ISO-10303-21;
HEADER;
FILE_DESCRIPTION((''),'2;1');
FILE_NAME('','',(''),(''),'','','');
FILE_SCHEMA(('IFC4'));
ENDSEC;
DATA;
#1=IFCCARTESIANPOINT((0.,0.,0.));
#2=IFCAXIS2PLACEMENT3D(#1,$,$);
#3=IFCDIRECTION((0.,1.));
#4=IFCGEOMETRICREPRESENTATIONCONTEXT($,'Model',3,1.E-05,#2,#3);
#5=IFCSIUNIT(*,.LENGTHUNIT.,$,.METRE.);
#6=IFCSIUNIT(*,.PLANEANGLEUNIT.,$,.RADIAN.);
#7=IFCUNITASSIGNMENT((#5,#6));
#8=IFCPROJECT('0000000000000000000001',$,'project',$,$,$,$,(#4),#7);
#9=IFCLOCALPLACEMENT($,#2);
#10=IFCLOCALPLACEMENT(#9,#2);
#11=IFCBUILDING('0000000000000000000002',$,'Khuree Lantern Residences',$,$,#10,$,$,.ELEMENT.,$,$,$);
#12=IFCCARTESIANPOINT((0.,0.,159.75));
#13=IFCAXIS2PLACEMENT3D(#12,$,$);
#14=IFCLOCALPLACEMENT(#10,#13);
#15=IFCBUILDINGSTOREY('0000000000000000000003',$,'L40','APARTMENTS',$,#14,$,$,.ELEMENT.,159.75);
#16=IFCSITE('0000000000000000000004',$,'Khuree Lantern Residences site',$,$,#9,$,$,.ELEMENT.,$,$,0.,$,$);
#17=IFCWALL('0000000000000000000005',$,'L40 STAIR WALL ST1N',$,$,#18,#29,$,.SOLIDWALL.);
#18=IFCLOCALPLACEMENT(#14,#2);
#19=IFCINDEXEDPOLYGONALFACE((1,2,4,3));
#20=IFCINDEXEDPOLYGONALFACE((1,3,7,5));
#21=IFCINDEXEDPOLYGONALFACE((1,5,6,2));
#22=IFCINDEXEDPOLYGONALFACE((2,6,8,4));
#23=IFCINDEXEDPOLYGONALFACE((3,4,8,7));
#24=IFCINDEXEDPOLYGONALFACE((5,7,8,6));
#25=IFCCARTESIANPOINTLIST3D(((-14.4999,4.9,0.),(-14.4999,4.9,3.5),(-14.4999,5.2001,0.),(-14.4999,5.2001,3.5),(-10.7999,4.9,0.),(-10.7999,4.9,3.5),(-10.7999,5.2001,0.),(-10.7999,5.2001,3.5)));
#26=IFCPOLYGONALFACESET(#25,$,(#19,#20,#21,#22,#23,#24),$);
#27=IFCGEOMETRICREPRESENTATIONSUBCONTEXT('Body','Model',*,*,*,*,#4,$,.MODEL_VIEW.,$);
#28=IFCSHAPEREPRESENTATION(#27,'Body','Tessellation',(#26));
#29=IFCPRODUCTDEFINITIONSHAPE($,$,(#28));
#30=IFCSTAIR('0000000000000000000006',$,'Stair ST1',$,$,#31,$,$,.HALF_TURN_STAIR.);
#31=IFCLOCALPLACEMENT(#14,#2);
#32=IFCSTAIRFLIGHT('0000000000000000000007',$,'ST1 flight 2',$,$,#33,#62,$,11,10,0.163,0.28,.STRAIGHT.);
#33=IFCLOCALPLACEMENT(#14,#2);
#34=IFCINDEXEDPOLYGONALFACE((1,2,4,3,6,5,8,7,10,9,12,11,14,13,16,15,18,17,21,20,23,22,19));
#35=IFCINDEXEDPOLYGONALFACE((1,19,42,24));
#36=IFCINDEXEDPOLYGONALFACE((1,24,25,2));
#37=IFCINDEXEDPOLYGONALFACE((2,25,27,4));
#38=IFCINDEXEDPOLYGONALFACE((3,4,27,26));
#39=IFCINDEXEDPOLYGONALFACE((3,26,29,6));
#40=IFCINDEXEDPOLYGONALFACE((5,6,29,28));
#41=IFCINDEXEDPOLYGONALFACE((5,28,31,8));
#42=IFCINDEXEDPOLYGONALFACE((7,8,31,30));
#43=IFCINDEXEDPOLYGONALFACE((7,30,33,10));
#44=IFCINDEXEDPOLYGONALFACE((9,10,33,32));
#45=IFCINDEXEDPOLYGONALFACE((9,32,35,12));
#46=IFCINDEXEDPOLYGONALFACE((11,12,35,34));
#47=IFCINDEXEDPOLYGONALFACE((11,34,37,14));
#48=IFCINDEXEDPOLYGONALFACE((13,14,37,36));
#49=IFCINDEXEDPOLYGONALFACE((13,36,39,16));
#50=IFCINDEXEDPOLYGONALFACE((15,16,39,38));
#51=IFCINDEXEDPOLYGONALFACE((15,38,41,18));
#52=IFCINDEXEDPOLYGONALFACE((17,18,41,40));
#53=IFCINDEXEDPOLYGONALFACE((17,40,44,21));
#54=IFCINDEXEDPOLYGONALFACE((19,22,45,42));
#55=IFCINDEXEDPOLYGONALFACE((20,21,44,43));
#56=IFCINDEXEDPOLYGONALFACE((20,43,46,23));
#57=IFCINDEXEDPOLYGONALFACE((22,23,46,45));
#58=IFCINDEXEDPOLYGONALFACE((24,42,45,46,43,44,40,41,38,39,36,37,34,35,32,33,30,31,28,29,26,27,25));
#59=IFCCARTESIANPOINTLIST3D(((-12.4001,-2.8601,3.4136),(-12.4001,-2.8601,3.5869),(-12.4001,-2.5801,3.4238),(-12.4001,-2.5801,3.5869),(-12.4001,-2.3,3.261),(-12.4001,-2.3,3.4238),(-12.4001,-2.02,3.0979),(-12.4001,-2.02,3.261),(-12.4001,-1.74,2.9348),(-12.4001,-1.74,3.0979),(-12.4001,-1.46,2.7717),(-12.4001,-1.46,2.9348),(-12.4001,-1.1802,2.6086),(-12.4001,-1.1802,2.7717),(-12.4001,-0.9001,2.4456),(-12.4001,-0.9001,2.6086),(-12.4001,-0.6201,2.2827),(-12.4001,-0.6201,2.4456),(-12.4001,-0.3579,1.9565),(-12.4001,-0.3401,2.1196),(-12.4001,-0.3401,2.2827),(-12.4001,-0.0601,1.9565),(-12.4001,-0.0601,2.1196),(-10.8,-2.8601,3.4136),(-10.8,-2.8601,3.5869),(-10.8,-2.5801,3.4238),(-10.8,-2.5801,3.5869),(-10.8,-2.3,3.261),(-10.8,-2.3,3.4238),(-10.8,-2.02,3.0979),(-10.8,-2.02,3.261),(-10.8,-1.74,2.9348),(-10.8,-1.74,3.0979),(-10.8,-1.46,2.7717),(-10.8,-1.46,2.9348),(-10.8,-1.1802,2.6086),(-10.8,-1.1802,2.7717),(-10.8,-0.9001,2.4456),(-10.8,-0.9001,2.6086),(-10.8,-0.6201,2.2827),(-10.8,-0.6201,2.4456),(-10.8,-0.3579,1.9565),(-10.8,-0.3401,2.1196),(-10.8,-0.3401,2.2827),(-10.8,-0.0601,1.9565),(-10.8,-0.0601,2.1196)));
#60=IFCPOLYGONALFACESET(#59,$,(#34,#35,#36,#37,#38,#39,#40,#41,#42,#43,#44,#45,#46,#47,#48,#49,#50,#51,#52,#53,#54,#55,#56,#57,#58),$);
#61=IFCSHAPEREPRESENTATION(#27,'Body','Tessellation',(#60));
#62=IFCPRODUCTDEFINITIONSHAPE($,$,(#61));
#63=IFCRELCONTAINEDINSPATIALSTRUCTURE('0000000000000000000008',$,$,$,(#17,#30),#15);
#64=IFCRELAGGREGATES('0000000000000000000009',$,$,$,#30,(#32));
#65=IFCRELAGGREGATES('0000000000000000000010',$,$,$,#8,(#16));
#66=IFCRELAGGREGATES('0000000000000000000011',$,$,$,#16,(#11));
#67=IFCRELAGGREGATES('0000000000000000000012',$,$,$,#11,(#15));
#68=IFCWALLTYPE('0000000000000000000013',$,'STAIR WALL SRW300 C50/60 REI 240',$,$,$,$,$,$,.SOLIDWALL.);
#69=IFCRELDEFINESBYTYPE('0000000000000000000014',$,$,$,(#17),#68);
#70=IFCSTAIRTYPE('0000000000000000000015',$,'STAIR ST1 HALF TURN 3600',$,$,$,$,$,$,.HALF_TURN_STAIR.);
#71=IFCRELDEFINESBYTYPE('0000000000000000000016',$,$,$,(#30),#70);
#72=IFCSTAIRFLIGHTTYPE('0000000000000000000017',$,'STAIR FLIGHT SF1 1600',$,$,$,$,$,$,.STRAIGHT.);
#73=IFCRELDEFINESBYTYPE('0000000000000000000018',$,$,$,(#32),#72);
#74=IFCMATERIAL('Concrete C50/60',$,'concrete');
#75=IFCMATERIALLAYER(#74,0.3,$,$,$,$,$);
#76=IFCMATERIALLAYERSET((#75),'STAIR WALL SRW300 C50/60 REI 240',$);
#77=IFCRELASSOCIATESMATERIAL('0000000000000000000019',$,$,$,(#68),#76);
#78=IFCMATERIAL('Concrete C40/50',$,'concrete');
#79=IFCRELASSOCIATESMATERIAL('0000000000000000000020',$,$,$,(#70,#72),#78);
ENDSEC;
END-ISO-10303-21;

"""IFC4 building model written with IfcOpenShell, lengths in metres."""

from ifc_helpers import new_model, si_unit, direction, frame, frame_2d, origin, place, context, subcontext, project, spatial, polyline, rectangle, outline, extrude, material, layer, layer_set, type_object, element, aggregate, save


model = new_model("IFC4")

# Units and contexts
model_context = context("Model", 3, precision=1e-05, world=origin(), true_north=direction((0.0, 1.0)))
body_context = subcontext(model_context, "Body", "Model", "MODEL_VIEW")
ifc_project = project(units=[si_unit("LENGTHUNIT", "METRE"), si_unit("PLANEANGLEUNIT", "RADIAN")], contexts=[model_context])

# Site, building, storey
site_placement = place(None, origin())
site = spatial("IfcSite", under=ifc_project, at=site_placement, Name="Khuree Lantern Residences site", CompositionType="ELEMENT", RefElevation=0.0)
building_placement = place(site_placement, origin())
building = spatial("IfcBuilding", under=site, at=building_placement, Name="Khuree Lantern Residences", CompositionType="ELEMENT")
storey_placement = place(building_placement, frame((0.0, 0.0, 159.75)))
storey = spatial("IfcBuildingStorey", under=building, at=storey_placement, Name="L40", Description="APARTMENTS", CompositionType="ELEMENT", Elevation=159.75)

# Wall
ifc_material_1 = material(Name="Concrete C50/60", Category="concrete")
ifc_layer_1 = layer(ifc_material_1, 0.3)
ifc_layer_set_1 = layer_set([ifc_layer_1], Name="STAIR WALL SRW300 C50/60 REI 240")
wall_type_1 = type_object("IfcWallType", Name="STAIR WALL SRW300 C50/60 REI 240", PredefinedType="SOLIDWALL", material=ifc_layer_set_1)
wall_1_placement = place(storey_placement, frame((-14.5, 5.05, 0.0), z_axis=(0.0, 0.0, 1.0), x_axis=(1.0, 0.0, 0.0)))
element("IfcWall", 1, at=wall_1_placement, inside=storey, type_object=wall_type_1, Name="L40 STAIR WALL ST1N", PredefinedType="SOLIDWALL", context=body_context, shape_type="SweptSolid", body=[
    extrude(rectangle(XDim=3.7, YDim=0.3, at=frame_2d((1.8501, 0.0))), origin(), (0.0, 0.0, 1.0), 3.5),
])

# Stair, stair flight
ifc_material_2 = material(Name="Concrete C40/50", Category="concrete")
stair_type = type_object("IfcStairType", Name="STAIR ST1 HALF TURN 3600", PredefinedType="HALF_TURN_STAIR", material=ifc_material_2)
stair_placement = place(storey_placement, origin())
stair = element("IfcStair", 2, at=stair_placement, inside=storey, type_object=stair_type, Name="Stair ST1", PredefinedType="HALF_TURN_STAIR")
stair_flight_type = type_object("IfcStairFlightType", Name="STAIR FLIGHT SF1 1600", PredefinedType="STRAIGHT", material=ifc_material_2)
stair_flight_placement = place(storey_placement, frame((-11.6001, -0.0601, 1.9565), z_axis=(0.0, 0.0, 1.0), x_axis=(0.0, -1.0, 0.0)))
stair_flight = element("IfcStairFlight", 3, at=stair_flight_placement, type_object=stair_flight_type, Name="ST1 flight 2", NumberOfRisers=11, NumberOfTreads=10, PredefinedType="STRAIGHT", RiserHeight=0.163, TreadLength=0.28, context=body_context, shape_type="SweptSolid", body=[
    extrude(outline(polyline([(0.0, 0.0), (0.0, 0.1631), (0.28, 0.1631), (0.28, 0.3262), (0.5601, 0.3262), (0.5601, 0.489), (0.8401, 0.489), (0.8401, 0.6521), (1.1201, 0.6521), (1.1201, 0.8152), (1.3999, 0.8152), (1.3999, 0.9783), (1.6799, 0.9783), (1.6799, 1.1414), (1.96, 1.1414), (1.96, 1.3044), (2.24, 1.3044), (2.24, 1.4673), (2.52, 1.4673), (2.52, 1.6304), (2.8, 1.6304), (2.8, 1.7935), (2.8, 1.457), (0.2979, 0.0), (0.0, 0.0)])), frame((0.0, 0.8, 0.0), z_axis=(0.0, -1.0, 0.0), x_axis=(1.0, 0.0, 0.0)), (0.0, 0.0, 1.0), 1.6001),
])
aggregate(stair, [stair_flight])

save(model, "model.ifc")
